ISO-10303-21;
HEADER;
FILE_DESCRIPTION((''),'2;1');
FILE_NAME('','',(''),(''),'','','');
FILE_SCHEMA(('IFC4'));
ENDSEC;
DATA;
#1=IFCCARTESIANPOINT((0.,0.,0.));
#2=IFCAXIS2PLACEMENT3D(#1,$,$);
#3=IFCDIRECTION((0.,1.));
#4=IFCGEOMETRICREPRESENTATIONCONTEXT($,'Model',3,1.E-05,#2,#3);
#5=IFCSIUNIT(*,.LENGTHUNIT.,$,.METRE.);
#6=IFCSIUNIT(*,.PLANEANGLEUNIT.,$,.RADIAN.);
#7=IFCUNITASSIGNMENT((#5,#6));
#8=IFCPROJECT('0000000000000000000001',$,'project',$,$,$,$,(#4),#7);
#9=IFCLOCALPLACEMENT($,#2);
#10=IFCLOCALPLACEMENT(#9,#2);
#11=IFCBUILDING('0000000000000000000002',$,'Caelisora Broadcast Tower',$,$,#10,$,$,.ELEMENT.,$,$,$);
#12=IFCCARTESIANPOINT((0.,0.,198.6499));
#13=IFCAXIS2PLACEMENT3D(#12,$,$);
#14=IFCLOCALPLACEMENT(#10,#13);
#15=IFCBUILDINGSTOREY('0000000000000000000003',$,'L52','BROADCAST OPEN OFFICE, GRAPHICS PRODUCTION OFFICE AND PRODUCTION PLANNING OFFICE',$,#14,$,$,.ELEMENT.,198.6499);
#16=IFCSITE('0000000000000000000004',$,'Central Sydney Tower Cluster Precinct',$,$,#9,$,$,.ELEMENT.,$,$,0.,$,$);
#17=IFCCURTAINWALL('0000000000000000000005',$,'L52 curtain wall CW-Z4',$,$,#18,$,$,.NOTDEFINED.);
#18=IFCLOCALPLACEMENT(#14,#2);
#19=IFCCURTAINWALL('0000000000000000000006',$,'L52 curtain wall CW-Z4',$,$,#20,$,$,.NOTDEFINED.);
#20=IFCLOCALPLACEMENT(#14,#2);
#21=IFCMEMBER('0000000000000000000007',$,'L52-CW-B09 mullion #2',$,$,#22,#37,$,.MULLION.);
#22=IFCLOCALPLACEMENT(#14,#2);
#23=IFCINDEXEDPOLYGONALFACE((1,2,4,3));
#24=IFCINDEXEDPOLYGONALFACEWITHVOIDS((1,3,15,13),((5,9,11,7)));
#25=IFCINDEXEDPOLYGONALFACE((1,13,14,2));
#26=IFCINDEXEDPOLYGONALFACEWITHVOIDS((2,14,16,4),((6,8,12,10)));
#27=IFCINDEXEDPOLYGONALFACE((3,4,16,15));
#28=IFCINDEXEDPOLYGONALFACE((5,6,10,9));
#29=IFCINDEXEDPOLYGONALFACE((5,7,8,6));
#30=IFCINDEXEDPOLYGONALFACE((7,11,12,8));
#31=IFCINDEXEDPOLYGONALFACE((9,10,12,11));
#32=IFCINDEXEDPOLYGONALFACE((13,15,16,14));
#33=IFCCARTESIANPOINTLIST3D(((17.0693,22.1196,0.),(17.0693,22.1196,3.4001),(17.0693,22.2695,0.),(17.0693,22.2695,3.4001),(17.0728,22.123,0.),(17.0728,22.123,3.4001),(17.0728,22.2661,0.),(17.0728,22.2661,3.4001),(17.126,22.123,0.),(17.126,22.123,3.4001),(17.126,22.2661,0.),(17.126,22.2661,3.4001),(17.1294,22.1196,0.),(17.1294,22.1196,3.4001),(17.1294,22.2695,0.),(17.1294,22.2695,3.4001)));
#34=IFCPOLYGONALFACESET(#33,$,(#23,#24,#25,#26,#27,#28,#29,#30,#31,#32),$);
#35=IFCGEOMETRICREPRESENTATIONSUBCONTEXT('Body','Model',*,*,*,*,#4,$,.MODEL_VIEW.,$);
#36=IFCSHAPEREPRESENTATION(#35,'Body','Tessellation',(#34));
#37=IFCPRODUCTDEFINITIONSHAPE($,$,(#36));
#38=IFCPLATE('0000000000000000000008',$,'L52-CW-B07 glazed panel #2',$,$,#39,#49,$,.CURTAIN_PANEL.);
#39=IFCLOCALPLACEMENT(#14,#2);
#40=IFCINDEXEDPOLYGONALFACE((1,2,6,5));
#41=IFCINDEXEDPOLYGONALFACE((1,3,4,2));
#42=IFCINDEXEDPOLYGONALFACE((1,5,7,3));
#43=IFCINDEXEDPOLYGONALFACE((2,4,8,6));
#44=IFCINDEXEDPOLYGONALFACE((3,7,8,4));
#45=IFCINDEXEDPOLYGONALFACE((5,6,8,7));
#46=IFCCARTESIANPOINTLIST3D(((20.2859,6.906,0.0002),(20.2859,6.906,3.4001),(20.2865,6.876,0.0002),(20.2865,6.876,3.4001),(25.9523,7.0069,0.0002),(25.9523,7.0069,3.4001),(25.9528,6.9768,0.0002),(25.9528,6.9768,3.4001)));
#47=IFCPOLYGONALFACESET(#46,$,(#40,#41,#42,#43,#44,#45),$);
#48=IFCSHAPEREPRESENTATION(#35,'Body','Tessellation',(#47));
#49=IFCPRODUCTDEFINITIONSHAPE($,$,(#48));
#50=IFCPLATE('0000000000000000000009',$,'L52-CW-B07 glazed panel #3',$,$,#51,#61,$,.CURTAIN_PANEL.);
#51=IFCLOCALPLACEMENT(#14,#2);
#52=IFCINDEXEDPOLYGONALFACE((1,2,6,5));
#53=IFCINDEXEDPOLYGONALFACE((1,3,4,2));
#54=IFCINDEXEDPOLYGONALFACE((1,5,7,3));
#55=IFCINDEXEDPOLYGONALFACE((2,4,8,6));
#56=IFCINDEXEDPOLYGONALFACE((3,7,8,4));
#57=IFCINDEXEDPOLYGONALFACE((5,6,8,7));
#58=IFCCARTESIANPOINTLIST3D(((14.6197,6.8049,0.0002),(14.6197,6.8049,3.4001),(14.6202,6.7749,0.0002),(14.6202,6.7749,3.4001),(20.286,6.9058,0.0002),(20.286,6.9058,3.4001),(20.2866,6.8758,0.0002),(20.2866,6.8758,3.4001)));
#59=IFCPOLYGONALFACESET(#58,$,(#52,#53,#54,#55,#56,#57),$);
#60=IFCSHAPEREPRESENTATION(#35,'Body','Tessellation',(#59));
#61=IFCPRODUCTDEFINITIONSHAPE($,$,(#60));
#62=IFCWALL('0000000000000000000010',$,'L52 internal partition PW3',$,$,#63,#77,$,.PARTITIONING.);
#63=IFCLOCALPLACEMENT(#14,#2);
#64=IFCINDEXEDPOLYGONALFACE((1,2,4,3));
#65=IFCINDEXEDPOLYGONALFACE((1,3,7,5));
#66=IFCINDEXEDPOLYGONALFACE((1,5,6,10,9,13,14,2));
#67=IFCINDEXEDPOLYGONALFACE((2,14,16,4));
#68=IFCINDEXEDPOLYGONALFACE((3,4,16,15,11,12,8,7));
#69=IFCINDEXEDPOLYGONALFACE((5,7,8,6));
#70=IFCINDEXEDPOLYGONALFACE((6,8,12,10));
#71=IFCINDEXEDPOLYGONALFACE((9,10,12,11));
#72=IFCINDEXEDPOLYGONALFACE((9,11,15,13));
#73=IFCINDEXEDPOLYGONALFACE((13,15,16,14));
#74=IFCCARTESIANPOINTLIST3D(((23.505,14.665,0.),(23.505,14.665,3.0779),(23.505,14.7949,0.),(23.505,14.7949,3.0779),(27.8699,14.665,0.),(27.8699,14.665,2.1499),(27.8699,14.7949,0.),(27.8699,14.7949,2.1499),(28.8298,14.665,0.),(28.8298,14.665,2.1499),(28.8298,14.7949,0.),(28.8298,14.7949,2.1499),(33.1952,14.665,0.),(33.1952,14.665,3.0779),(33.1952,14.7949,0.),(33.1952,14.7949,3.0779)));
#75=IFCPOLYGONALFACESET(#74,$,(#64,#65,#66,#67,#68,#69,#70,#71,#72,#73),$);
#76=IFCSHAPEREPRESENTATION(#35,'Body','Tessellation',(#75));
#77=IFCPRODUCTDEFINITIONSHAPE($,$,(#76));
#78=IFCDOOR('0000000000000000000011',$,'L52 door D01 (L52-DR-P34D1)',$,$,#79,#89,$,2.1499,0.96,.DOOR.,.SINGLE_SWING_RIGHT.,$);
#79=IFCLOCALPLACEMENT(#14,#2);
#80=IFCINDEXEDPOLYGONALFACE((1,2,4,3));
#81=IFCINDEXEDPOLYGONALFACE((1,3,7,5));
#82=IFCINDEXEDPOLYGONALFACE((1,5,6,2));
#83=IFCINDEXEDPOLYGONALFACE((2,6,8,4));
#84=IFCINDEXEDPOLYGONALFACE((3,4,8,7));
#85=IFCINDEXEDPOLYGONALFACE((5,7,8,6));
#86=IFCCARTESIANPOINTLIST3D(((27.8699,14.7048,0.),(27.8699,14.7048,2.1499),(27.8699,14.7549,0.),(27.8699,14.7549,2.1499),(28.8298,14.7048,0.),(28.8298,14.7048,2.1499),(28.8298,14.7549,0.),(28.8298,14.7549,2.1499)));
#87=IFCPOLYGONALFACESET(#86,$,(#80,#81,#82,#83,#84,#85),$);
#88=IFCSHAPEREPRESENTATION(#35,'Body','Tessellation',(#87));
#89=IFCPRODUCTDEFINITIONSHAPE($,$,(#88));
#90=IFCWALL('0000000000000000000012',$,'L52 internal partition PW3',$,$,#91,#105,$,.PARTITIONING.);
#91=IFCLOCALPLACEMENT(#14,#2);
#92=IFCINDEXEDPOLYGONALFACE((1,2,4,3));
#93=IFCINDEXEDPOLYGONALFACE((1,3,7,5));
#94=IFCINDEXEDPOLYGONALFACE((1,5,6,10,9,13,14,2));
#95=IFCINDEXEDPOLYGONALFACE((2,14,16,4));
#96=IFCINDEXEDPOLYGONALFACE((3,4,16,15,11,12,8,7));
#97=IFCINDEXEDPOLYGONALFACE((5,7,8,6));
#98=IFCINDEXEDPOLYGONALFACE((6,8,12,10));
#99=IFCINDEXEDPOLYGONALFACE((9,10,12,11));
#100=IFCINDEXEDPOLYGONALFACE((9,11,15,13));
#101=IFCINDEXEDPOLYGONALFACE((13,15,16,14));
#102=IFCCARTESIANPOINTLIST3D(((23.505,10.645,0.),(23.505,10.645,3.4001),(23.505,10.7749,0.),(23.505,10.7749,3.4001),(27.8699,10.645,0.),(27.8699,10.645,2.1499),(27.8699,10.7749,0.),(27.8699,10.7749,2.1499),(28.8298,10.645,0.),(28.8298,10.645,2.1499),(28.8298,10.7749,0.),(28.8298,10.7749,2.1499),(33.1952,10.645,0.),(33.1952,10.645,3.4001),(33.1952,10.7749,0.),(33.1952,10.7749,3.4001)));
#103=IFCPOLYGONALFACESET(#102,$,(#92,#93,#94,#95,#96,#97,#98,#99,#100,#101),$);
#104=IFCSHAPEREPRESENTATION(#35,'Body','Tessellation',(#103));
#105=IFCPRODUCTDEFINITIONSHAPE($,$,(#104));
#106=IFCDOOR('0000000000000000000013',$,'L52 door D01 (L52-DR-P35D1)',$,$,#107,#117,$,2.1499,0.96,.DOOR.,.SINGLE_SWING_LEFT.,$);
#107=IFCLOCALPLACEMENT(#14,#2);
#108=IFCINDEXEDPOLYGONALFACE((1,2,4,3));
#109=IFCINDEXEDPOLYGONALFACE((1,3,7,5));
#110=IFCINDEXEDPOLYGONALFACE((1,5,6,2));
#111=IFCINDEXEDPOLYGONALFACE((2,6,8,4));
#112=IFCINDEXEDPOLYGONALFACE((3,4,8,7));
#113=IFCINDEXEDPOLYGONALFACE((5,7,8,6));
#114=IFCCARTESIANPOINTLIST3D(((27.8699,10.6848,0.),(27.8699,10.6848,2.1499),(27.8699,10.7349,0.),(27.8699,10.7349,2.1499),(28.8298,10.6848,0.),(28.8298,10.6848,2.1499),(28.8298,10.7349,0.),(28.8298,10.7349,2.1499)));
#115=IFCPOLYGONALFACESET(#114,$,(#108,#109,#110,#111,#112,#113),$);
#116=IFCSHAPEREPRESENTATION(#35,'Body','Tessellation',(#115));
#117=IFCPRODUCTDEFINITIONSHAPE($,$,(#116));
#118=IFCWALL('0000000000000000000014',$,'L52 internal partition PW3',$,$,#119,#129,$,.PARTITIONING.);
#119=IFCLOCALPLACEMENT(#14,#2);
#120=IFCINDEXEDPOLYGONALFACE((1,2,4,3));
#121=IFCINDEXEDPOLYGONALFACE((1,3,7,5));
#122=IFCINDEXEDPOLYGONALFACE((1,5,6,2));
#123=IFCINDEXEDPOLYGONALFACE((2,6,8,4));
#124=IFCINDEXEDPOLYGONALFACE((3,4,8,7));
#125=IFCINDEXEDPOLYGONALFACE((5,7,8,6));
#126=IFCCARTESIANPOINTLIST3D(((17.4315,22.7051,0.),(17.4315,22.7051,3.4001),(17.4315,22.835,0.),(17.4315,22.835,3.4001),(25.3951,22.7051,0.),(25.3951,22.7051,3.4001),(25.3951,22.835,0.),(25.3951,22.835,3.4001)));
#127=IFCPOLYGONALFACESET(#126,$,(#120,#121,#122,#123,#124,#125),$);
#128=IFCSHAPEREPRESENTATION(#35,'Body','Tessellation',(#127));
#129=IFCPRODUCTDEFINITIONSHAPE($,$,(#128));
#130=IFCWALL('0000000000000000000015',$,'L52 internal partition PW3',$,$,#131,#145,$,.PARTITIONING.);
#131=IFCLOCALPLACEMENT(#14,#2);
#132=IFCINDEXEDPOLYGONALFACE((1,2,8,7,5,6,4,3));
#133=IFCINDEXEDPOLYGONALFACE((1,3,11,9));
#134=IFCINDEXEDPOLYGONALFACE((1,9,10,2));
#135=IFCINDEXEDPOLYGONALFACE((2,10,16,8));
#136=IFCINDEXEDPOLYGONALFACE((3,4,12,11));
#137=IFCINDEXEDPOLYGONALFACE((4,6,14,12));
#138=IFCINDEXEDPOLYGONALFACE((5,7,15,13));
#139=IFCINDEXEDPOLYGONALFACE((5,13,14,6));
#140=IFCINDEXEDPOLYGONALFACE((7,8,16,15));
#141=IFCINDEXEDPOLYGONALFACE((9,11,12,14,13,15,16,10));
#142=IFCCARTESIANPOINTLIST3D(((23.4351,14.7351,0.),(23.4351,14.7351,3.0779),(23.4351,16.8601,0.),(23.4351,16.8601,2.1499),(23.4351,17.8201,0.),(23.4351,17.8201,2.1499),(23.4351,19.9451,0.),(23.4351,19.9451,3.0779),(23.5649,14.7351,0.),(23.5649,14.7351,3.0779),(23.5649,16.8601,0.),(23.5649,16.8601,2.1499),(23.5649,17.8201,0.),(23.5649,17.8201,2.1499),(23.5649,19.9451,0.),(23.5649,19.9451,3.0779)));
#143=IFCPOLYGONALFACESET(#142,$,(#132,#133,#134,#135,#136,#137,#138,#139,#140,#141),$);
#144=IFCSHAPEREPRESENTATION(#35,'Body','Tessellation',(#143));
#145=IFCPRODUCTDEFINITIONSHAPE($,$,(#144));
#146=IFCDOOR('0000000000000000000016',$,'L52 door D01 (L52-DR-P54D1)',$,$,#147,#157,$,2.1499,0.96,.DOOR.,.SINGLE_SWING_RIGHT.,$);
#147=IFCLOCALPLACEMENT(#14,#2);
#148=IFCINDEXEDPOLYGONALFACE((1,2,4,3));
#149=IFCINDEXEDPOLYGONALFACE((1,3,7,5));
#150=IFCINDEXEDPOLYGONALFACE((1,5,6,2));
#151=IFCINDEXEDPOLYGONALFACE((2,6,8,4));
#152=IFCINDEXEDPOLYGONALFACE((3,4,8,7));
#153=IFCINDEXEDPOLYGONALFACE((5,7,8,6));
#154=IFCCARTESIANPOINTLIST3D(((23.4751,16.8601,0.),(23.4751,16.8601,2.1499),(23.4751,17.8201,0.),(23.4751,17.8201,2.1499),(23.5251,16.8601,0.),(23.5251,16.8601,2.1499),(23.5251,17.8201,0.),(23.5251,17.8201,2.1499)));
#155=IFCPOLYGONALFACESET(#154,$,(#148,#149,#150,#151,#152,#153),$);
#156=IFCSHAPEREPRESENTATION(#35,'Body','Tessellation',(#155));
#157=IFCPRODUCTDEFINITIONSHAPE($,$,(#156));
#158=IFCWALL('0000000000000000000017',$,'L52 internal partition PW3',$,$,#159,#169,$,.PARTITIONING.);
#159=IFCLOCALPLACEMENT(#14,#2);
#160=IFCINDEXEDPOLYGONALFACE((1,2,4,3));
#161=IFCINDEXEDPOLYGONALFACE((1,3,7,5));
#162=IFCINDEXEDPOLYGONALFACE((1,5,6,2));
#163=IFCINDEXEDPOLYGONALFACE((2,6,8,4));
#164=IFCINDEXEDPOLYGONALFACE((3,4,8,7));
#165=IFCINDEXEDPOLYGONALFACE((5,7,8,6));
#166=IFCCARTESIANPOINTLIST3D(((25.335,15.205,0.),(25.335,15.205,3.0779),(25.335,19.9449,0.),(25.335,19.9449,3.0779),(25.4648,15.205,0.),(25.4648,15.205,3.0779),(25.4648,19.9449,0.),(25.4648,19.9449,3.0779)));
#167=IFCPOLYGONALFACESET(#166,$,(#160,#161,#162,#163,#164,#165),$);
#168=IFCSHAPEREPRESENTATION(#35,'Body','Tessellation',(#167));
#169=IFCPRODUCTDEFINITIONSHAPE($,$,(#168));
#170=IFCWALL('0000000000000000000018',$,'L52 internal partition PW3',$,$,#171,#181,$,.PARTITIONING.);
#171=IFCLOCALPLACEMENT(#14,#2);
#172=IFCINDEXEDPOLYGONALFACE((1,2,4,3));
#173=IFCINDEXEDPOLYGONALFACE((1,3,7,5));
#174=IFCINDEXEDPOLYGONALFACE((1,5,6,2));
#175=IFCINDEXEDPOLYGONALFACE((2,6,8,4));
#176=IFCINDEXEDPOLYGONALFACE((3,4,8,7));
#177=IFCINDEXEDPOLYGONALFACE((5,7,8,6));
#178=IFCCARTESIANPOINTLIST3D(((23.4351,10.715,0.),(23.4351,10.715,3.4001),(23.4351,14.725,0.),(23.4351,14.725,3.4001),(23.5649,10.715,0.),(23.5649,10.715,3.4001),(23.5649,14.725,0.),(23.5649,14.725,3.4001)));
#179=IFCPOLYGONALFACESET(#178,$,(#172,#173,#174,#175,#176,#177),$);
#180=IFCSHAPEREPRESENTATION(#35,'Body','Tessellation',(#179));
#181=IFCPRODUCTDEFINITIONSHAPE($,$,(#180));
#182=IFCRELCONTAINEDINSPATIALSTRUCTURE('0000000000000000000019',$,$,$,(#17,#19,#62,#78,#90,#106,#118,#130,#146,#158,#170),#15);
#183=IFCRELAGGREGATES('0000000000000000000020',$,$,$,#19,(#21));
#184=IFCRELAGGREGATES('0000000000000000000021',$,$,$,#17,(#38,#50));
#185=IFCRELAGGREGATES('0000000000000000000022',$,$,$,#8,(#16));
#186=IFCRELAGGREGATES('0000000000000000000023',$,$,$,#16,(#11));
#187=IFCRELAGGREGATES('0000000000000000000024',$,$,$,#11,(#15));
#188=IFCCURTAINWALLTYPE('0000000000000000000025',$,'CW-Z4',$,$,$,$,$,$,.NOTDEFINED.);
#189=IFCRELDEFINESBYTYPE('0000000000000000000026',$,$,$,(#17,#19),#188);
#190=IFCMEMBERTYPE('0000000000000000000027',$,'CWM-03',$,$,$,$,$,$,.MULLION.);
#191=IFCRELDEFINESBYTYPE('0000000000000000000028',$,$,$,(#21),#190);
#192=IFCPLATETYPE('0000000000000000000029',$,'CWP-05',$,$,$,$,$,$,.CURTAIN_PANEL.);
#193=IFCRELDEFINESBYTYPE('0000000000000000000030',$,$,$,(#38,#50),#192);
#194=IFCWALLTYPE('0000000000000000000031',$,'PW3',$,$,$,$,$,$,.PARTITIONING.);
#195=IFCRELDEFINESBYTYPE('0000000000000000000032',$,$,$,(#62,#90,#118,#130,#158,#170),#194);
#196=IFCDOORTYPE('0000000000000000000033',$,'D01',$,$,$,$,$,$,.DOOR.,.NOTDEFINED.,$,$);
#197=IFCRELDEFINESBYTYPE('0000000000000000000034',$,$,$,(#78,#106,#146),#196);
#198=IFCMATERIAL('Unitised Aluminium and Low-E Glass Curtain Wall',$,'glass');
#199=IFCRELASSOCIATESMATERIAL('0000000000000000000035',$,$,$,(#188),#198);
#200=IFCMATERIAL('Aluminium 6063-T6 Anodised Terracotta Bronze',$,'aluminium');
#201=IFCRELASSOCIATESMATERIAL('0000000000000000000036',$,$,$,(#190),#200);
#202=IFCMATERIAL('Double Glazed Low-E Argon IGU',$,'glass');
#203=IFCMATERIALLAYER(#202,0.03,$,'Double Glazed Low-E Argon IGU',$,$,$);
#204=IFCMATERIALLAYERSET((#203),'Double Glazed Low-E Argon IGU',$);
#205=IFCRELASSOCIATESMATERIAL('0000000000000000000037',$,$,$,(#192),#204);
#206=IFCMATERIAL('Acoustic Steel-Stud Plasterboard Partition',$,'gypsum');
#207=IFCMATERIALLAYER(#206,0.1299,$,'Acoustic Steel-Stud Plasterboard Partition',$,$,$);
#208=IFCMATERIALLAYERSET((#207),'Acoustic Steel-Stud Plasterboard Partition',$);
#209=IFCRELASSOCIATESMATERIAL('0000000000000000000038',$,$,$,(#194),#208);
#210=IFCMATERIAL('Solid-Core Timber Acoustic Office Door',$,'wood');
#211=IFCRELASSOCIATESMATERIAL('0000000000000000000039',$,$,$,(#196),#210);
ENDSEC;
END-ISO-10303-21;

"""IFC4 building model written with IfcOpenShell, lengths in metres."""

from ifc_helpers import new_model, si_unit, direction, frame, frame_2d, origin, origin_2d, place, context, subcontext, project, spatial, rectangle, hollow_rectangle, extrude, source, transform, mapped, material, layer, layer_set, material_profile, profile_set, type_object, type_shapes, element, fill, aggregate, save


model = new_model("IFC4")

# Units and contexts
model_context = context("Model", 3, precision=1e-05, world=origin(), true_north=direction((0.0, 1.0)))
body_context = subcontext(model_context, "Body", "Model", "MODEL_VIEW")
ifc_project = project(units=[si_unit("LENGTHUNIT", "METRE"), si_unit("PLANEANGLEUNIT", "RADIAN")], contexts=[model_context])

# Site, building, storey
site_placement = place(None, origin())
site = spatial("IfcSite", under=ifc_project, at=site_placement, Name="Central Sydney Tower Cluster Precinct", CompositionType="ELEMENT", RefElevation=0.0)
building_placement = place(site_placement, origin())
building = spatial("IfcBuilding", under=site, at=building_placement, Name="Caelisora Broadcast Tower", CompositionType="ELEMENT")
storey_placement = place(building_placement, frame((0.0, 0.0, 198.6499)))
storey = spatial("IfcBuildingStorey", under=building, at=storey_placement, Name="L52", Description="BROADCAST OPEN OFFICE, GRAPHICS PRODUCTION OFFICE AND PRODUCTION PLANNING OFFICE", CompositionType="ELEMENT", Elevation=198.6499)

# Curtain walls, member
ifc_material_1 = material(Name="Unitised Aluminium and Low-E Glass Curtain Wall", Category="glass")
curtain_wall_type = type_object("IfcCurtainWallType", Name="CW-Z4", PredefinedType="NOTDEFINED", material=ifc_material_1)
curtain_wall_1_placement = place(storey_placement, origin())
curtain_wall_1 = element("IfcCurtainWall", 1, at=curtain_wall_1_placement, inside=storey, type_object=curtain_wall_type, Name="L52 curtain wall CW-Z4", PredefinedType="NOTDEFINED")
ifc_material_2 = material(Name="Aluminium 6063-T6 Anodised Terracotta Bronze", Category="aluminium")
ifc_material_profile_1 = material_profile(ifc_material_2, hollow_rectangle(XDim=0.0601, YDim=0.1499, WallThickness=0.0034, at=origin_2d()), Name="Aluminium 6063-T6 Anodised Terracotta Bronze")
ifc_profile_set_1 = profile_set([ifc_material_profile_1], Name="Aluminium 6063-T6 Anodised Terracotta Bronze")
member_type = type_object("IfcMemberType", Name="CWM-03", PredefinedType="MULLION", material=ifc_profile_set_1)
shared_shape_1 = source(origin(), body_context, "Body", "SweptSolid", [
    extrude(hollow_rectangle(XDim=0.0601, YDim=0.1499, WallThickness=0.0034, at=origin_2d()), origin(), (0.0, 0.0, 1.0), 3.4001),
])
type_shapes(member_type, [shared_shape_1])
curtain_wall_2_placement = place(storey_placement, origin())
curtain_wall_2 = element("IfcCurtainWall", 2, at=curtain_wall_2_placement, inside=storey, type_object=curtain_wall_type, Name="L52 curtain wall CW-Z4", PredefinedType="NOTDEFINED")
member_1_placement = place(storey_placement, frame((17.0994, 22.1946, 0.0), z_axis=(0.0, 0.0, 1.0), x_axis=(1.0, 0.0, 0.0)))
member_1 = element("IfcMember", 3, at=member_1_placement, type_object=member_type, Name="L52-CW-B09 mullion #2", PredefinedType="MULLION", context=body_context, shape_type="MappedRepresentation", body=[
    mapped(shared_shape_1, transform((0.0, 0.0, 0.0), scale=1.0)),
])
aggregate(curtain_wall_2, [member_1])

# Plates
ifc_material_3 = material(Name="Double Glazed Low-E Argon IGU", Category="glass")
ifc_layer_1 = layer(ifc_material_3, 0.03, Name="Double Glazed Low-E Argon IGU")
ifc_layer_set_1 = layer_set([ifc_layer_1], Name="Double Glazed Low-E Argon IGU")
plate_type = type_object("IfcPlateType", Name="CWP-05", PredefinedType="CURTAIN_PANEL", material=ifc_layer_set_1)
shared_shape_2 = source(origin(), body_context, "Body", "SweptSolid", [
    extrude(rectangle(XDim=5.6672, YDim=0.03, at=origin_2d()), origin(), (0.0, 0.0, 1.0), 3.3999),
])
type_shapes(plate_type, [shared_shape_2])
plate_1_placement = place(storey_placement, frame((23.1194, 6.9414, 0.0002), z_axis=(0.0, 0.0, 1.0), x_axis=(-0.999842, -0.017801, 0.0)))
plate_1 = element("IfcPlate", 4, at=plate_1_placement, type_object=plate_type, Name="L52-CW-B07 glazed panel #2", PredefinedType="CURTAIN_PANEL", context=body_context, shape_type="MappedRepresentation", body=[
    mapped(shared_shape_2, transform((0.0, 0.0, 0.0), scale=1.0)),
])
plate_2_placement = place(storey_placement, frame((17.4531, 6.8403, 0.0002), z_axis=(0.0, 0.0, 1.0), x_axis=(-0.999842, -0.017801, 0.0)))
plate_2 = element("IfcPlate", 5, at=plate_2_placement, type_object=plate_type, Name="L52-CW-B07 glazed panel #3", PredefinedType="CURTAIN_PANEL", context=body_context, shape_type="MappedRepresentation", body=[
    mapped(shared_shape_2, transform((0.0, 0.0, 0.0), scale=1.0)),
])
aggregate(curtain_wall_1, [plate_1, plate_2])

# Walls, openings, doors
ifc_material_4 = material(Name="Acoustic Steel-Stud Plasterboard Partition", Category="gypsum")
ifc_layer_2 = layer(ifc_material_4, 0.1299, Name="Acoustic Steel-Stud Plasterboard Partition")
ifc_layer_set_2 = layer_set([ifc_layer_2], Name="Acoustic Steel-Stud Plasterboard Partition")
wall_type = type_object("IfcWallType", Name="PW3", PredefinedType="PARTITIONING", material=ifc_layer_set_2)
wall_1_placement = place(storey_placement, frame((23.5049, 14.73, 0.0), z_axis=(0.0, 0.0, 1.0), x_axis=(1.0, 0.0, 0.0)))
wall_1 = element("IfcWall", 6, at=wall_1_placement, inside=storey, type_object=wall_type, Name="L52 internal partition PW3", PredefinedType="PARTITIONING", context=body_context, shape_type="SweptSolid", body=[
    extrude(rectangle(XDim=9.6902, YDim=0.1299, at=frame_2d((4.8452, 0.0))), origin(), (0.0, 0.0, 1.0), 3.0779),
])
opening_1_placement = place(wall_1_placement, frame((4.365, 0.0, 0.0)))
opening_1 = element("IfcOpeningElement", 7, at=opening_1_placement, cuts=wall_1, PredefinedType="OPENING", context=body_context, shape_type="SweptSolid", body=[
    extrude(rectangle(XDim=0.96, YDim=2.1499, at=frame_2d((0.48, 1.075))), frame((0.0, 0.0769, 0.0), z_axis=(0.0, -1.0, 0.0), x_axis=(1.0, 0.0, 0.0)), (0.0, 0.0, 1.0), 0.1538),
])
ifc_material_5 = material(Name="Solid-Core Timber Acoustic Office Door", Category="wood")
door_type = type_object("IfcDoorType", Name="D01", OperationType="NOTDEFINED", PredefinedType="DOOR", material=ifc_material_5)
door_1_placement = place(opening_1_placement, origin())
door_1 = element("IfcDoor", 8, at=door_1_placement, inside=storey, type_object=door_type, Name="L52 door D01 (L52-DR-P34D1)", OperationType="SINGLE_SWING_RIGHT", OverallHeight=2.1499, OverallWidth=0.96, PredefinedType="DOOR", context=body_context, shape_type="SweptSolid", body=[
    extrude(rectangle(XDim=0.96, YDim=2.1499, at=frame_2d((0.48, 1.075))), frame((0.0, 0.0249, 0.0), z_axis=(0.0, -1.0, 0.0), x_axis=(1.0, 0.0, 0.0)), (0.0, 0.0, 1.0), 0.05),
])
fill(opening_1, door_1)
wall_2_placement = place(storey_placement, frame((23.5049, 10.71, 0.0), z_axis=(0.0, 0.0, 1.0), x_axis=(1.0, 0.0, 0.0)))
wall_2 = element("IfcWall", 9, at=wall_2_placement, inside=storey, type_object=wall_type, Name="L52 internal partition PW3", PredefinedType="PARTITIONING", context=body_context, shape_type="SweptSolid", body=[
    extrude(rectangle(XDim=9.6902, YDim=0.1299, at=frame_2d((4.8452, 0.0))), origin(), (0.0, 0.0, 1.0), 3.4001),
])
opening_2_placement = place(wall_2_placement, frame((4.365, 0.0, 0.0)))
opening_2 = element("IfcOpeningElement", 10, at=opening_2_placement, cuts=wall_2, PredefinedType="OPENING", context=body_context, shape_type="SweptSolid", body=[
    extrude(rectangle(XDim=0.96, YDim=2.1499, at=frame_2d((0.48, 1.075))), frame((0.0, 0.0769, 0.0), z_axis=(0.0, -1.0, 0.0), x_axis=(1.0, 0.0, 0.0)), (0.0, 0.0, 1.0), 0.1538),
])
door_2_placement = place(opening_2_placement, origin())
door_2 = element("IfcDoor", 11, at=door_2_placement, inside=storey, type_object=door_type, Name="L52 door D01 (L52-DR-P35D1)", OperationType="SINGLE_SWING_LEFT", OverallHeight=2.1499, OverallWidth=0.96, PredefinedType="DOOR", context=body_context, shape_type="SweptSolid", body=[
    extrude(rectangle(XDim=0.96, YDim=2.1499, at=frame_2d((0.48, 1.075))), frame((0.0, 0.0249, 0.0), z_axis=(0.0, -1.0, 0.0), x_axis=(1.0, 0.0, 0.0)), (0.0, 0.0, 1.0), 0.05),
])
fill(opening_2, door_2)

# Wall
wall_3_placement = place(storey_placement, frame((17.4314, 22.77, 0.0), z_axis=(0.0, 0.0, 1.0), x_axis=(1.0, 0.0, 0.0)))
element("IfcWall", 12, at=wall_3_placement, inside=storey, type_object=wall_type, Name="L52 internal partition PW3", PredefinedType="PARTITIONING", context=body_context, shape_type="SweptSolid", body=[
    extrude(rectangle(XDim=7.9636, YDim=0.1299, at=frame_2d((3.9819, 0.0))), origin(), (0.0, 0.0, 1.0), 3.4001),
])

# Wall, opening, door
wall_4_placement = place(storey_placement, frame((23.5, 14.7351, 0.0), z_axis=(0.0, 0.0, 1.0), x_axis=(0.0, 1.0, 0.0)))
wall_4 = element("IfcWall", 13, at=wall_4_placement, inside=storey, type_object=wall_type, Name="L52 internal partition PW3", PredefinedType="PARTITIONING", context=body_context, shape_type="SweptSolid", body=[
    extrude(rectangle(XDim=5.21, YDim=0.1299, at=frame_2d((2.605, 0.0))), origin(), (0.0, 0.0, 1.0), 3.0779),
])
opening_3_placement = place(wall_4_placement, frame((2.125, 0.0, 0.0)))
opening_3 = element("IfcOpeningElement", 14, at=opening_3_placement, cuts=wall_4, PredefinedType="OPENING", context=body_context, shape_type="SweptSolid", body=[
    extrude(rectangle(XDim=0.96, YDim=2.1499, at=frame_2d((0.48, 1.075))), frame((0.0, 0.0769, 0.0), z_axis=(0.0, -1.0, 0.0), x_axis=(1.0, 0.0, 0.0)), (0.0, 0.0, 1.0), 0.1538),
])
door_3_placement = place(opening_3_placement, origin())
door_3 = element("IfcDoor", 15, at=door_3_placement, inside=storey, type_object=door_type, Name="L52 door D01 (L52-DR-P54D1)", OperationType="SINGLE_SWING_RIGHT", OverallHeight=2.1499, OverallWidth=0.96, PredefinedType="DOOR", context=body_context, shape_type="SweptSolid", body=[
    extrude(rectangle(XDim=0.96, YDim=2.1499, at=frame_2d((0.48, 1.075))), frame((0.0, 0.0249, 0.0), z_axis=(0.0, -1.0, 0.0), x_axis=(1.0, 0.0, 0.0)), (0.0, 0.0, 1.0), 0.05),
])
fill(opening_3, door_3)

# Walls
wall_5_placement = place(storey_placement, frame((25.3999, 19.9451, 0.0), z_axis=(0.0, 0.0, 1.0), x_axis=(0.0, -1.0, 0.0)))
element("IfcWall", 16, at=wall_5_placement, inside=storey, type_object=wall_type, Name="L52 internal partition PW3", PredefinedType="PARTITIONING", context=body_context, shape_type="SweptSolid", body=[
    extrude(rectangle(XDim=4.74, YDim=0.1299, at=frame_2d((2.3701, 0.0))), origin(), (0.0, 0.0, 1.0), 3.0779),
])
wall_6_placement = place(storey_placement, frame((23.5, 10.7151, 0.0), z_axis=(0.0, 0.0, 1.0), x_axis=(0.0, 1.0, 0.0)))
element("IfcWall", 17, at=wall_6_placement, inside=storey, type_object=wall_type, Name="L52 internal partition PW3", PredefinedType="PARTITIONING", context=body_context, shape_type="SweptSolid", body=[
    extrude(rectangle(XDim=4.01, YDim=0.1299, at=frame_2d((2.0049, 0.0))), origin(), (0.0, 0.0, 1.0), 3.4001),
])

save(model, "model.ifc")
